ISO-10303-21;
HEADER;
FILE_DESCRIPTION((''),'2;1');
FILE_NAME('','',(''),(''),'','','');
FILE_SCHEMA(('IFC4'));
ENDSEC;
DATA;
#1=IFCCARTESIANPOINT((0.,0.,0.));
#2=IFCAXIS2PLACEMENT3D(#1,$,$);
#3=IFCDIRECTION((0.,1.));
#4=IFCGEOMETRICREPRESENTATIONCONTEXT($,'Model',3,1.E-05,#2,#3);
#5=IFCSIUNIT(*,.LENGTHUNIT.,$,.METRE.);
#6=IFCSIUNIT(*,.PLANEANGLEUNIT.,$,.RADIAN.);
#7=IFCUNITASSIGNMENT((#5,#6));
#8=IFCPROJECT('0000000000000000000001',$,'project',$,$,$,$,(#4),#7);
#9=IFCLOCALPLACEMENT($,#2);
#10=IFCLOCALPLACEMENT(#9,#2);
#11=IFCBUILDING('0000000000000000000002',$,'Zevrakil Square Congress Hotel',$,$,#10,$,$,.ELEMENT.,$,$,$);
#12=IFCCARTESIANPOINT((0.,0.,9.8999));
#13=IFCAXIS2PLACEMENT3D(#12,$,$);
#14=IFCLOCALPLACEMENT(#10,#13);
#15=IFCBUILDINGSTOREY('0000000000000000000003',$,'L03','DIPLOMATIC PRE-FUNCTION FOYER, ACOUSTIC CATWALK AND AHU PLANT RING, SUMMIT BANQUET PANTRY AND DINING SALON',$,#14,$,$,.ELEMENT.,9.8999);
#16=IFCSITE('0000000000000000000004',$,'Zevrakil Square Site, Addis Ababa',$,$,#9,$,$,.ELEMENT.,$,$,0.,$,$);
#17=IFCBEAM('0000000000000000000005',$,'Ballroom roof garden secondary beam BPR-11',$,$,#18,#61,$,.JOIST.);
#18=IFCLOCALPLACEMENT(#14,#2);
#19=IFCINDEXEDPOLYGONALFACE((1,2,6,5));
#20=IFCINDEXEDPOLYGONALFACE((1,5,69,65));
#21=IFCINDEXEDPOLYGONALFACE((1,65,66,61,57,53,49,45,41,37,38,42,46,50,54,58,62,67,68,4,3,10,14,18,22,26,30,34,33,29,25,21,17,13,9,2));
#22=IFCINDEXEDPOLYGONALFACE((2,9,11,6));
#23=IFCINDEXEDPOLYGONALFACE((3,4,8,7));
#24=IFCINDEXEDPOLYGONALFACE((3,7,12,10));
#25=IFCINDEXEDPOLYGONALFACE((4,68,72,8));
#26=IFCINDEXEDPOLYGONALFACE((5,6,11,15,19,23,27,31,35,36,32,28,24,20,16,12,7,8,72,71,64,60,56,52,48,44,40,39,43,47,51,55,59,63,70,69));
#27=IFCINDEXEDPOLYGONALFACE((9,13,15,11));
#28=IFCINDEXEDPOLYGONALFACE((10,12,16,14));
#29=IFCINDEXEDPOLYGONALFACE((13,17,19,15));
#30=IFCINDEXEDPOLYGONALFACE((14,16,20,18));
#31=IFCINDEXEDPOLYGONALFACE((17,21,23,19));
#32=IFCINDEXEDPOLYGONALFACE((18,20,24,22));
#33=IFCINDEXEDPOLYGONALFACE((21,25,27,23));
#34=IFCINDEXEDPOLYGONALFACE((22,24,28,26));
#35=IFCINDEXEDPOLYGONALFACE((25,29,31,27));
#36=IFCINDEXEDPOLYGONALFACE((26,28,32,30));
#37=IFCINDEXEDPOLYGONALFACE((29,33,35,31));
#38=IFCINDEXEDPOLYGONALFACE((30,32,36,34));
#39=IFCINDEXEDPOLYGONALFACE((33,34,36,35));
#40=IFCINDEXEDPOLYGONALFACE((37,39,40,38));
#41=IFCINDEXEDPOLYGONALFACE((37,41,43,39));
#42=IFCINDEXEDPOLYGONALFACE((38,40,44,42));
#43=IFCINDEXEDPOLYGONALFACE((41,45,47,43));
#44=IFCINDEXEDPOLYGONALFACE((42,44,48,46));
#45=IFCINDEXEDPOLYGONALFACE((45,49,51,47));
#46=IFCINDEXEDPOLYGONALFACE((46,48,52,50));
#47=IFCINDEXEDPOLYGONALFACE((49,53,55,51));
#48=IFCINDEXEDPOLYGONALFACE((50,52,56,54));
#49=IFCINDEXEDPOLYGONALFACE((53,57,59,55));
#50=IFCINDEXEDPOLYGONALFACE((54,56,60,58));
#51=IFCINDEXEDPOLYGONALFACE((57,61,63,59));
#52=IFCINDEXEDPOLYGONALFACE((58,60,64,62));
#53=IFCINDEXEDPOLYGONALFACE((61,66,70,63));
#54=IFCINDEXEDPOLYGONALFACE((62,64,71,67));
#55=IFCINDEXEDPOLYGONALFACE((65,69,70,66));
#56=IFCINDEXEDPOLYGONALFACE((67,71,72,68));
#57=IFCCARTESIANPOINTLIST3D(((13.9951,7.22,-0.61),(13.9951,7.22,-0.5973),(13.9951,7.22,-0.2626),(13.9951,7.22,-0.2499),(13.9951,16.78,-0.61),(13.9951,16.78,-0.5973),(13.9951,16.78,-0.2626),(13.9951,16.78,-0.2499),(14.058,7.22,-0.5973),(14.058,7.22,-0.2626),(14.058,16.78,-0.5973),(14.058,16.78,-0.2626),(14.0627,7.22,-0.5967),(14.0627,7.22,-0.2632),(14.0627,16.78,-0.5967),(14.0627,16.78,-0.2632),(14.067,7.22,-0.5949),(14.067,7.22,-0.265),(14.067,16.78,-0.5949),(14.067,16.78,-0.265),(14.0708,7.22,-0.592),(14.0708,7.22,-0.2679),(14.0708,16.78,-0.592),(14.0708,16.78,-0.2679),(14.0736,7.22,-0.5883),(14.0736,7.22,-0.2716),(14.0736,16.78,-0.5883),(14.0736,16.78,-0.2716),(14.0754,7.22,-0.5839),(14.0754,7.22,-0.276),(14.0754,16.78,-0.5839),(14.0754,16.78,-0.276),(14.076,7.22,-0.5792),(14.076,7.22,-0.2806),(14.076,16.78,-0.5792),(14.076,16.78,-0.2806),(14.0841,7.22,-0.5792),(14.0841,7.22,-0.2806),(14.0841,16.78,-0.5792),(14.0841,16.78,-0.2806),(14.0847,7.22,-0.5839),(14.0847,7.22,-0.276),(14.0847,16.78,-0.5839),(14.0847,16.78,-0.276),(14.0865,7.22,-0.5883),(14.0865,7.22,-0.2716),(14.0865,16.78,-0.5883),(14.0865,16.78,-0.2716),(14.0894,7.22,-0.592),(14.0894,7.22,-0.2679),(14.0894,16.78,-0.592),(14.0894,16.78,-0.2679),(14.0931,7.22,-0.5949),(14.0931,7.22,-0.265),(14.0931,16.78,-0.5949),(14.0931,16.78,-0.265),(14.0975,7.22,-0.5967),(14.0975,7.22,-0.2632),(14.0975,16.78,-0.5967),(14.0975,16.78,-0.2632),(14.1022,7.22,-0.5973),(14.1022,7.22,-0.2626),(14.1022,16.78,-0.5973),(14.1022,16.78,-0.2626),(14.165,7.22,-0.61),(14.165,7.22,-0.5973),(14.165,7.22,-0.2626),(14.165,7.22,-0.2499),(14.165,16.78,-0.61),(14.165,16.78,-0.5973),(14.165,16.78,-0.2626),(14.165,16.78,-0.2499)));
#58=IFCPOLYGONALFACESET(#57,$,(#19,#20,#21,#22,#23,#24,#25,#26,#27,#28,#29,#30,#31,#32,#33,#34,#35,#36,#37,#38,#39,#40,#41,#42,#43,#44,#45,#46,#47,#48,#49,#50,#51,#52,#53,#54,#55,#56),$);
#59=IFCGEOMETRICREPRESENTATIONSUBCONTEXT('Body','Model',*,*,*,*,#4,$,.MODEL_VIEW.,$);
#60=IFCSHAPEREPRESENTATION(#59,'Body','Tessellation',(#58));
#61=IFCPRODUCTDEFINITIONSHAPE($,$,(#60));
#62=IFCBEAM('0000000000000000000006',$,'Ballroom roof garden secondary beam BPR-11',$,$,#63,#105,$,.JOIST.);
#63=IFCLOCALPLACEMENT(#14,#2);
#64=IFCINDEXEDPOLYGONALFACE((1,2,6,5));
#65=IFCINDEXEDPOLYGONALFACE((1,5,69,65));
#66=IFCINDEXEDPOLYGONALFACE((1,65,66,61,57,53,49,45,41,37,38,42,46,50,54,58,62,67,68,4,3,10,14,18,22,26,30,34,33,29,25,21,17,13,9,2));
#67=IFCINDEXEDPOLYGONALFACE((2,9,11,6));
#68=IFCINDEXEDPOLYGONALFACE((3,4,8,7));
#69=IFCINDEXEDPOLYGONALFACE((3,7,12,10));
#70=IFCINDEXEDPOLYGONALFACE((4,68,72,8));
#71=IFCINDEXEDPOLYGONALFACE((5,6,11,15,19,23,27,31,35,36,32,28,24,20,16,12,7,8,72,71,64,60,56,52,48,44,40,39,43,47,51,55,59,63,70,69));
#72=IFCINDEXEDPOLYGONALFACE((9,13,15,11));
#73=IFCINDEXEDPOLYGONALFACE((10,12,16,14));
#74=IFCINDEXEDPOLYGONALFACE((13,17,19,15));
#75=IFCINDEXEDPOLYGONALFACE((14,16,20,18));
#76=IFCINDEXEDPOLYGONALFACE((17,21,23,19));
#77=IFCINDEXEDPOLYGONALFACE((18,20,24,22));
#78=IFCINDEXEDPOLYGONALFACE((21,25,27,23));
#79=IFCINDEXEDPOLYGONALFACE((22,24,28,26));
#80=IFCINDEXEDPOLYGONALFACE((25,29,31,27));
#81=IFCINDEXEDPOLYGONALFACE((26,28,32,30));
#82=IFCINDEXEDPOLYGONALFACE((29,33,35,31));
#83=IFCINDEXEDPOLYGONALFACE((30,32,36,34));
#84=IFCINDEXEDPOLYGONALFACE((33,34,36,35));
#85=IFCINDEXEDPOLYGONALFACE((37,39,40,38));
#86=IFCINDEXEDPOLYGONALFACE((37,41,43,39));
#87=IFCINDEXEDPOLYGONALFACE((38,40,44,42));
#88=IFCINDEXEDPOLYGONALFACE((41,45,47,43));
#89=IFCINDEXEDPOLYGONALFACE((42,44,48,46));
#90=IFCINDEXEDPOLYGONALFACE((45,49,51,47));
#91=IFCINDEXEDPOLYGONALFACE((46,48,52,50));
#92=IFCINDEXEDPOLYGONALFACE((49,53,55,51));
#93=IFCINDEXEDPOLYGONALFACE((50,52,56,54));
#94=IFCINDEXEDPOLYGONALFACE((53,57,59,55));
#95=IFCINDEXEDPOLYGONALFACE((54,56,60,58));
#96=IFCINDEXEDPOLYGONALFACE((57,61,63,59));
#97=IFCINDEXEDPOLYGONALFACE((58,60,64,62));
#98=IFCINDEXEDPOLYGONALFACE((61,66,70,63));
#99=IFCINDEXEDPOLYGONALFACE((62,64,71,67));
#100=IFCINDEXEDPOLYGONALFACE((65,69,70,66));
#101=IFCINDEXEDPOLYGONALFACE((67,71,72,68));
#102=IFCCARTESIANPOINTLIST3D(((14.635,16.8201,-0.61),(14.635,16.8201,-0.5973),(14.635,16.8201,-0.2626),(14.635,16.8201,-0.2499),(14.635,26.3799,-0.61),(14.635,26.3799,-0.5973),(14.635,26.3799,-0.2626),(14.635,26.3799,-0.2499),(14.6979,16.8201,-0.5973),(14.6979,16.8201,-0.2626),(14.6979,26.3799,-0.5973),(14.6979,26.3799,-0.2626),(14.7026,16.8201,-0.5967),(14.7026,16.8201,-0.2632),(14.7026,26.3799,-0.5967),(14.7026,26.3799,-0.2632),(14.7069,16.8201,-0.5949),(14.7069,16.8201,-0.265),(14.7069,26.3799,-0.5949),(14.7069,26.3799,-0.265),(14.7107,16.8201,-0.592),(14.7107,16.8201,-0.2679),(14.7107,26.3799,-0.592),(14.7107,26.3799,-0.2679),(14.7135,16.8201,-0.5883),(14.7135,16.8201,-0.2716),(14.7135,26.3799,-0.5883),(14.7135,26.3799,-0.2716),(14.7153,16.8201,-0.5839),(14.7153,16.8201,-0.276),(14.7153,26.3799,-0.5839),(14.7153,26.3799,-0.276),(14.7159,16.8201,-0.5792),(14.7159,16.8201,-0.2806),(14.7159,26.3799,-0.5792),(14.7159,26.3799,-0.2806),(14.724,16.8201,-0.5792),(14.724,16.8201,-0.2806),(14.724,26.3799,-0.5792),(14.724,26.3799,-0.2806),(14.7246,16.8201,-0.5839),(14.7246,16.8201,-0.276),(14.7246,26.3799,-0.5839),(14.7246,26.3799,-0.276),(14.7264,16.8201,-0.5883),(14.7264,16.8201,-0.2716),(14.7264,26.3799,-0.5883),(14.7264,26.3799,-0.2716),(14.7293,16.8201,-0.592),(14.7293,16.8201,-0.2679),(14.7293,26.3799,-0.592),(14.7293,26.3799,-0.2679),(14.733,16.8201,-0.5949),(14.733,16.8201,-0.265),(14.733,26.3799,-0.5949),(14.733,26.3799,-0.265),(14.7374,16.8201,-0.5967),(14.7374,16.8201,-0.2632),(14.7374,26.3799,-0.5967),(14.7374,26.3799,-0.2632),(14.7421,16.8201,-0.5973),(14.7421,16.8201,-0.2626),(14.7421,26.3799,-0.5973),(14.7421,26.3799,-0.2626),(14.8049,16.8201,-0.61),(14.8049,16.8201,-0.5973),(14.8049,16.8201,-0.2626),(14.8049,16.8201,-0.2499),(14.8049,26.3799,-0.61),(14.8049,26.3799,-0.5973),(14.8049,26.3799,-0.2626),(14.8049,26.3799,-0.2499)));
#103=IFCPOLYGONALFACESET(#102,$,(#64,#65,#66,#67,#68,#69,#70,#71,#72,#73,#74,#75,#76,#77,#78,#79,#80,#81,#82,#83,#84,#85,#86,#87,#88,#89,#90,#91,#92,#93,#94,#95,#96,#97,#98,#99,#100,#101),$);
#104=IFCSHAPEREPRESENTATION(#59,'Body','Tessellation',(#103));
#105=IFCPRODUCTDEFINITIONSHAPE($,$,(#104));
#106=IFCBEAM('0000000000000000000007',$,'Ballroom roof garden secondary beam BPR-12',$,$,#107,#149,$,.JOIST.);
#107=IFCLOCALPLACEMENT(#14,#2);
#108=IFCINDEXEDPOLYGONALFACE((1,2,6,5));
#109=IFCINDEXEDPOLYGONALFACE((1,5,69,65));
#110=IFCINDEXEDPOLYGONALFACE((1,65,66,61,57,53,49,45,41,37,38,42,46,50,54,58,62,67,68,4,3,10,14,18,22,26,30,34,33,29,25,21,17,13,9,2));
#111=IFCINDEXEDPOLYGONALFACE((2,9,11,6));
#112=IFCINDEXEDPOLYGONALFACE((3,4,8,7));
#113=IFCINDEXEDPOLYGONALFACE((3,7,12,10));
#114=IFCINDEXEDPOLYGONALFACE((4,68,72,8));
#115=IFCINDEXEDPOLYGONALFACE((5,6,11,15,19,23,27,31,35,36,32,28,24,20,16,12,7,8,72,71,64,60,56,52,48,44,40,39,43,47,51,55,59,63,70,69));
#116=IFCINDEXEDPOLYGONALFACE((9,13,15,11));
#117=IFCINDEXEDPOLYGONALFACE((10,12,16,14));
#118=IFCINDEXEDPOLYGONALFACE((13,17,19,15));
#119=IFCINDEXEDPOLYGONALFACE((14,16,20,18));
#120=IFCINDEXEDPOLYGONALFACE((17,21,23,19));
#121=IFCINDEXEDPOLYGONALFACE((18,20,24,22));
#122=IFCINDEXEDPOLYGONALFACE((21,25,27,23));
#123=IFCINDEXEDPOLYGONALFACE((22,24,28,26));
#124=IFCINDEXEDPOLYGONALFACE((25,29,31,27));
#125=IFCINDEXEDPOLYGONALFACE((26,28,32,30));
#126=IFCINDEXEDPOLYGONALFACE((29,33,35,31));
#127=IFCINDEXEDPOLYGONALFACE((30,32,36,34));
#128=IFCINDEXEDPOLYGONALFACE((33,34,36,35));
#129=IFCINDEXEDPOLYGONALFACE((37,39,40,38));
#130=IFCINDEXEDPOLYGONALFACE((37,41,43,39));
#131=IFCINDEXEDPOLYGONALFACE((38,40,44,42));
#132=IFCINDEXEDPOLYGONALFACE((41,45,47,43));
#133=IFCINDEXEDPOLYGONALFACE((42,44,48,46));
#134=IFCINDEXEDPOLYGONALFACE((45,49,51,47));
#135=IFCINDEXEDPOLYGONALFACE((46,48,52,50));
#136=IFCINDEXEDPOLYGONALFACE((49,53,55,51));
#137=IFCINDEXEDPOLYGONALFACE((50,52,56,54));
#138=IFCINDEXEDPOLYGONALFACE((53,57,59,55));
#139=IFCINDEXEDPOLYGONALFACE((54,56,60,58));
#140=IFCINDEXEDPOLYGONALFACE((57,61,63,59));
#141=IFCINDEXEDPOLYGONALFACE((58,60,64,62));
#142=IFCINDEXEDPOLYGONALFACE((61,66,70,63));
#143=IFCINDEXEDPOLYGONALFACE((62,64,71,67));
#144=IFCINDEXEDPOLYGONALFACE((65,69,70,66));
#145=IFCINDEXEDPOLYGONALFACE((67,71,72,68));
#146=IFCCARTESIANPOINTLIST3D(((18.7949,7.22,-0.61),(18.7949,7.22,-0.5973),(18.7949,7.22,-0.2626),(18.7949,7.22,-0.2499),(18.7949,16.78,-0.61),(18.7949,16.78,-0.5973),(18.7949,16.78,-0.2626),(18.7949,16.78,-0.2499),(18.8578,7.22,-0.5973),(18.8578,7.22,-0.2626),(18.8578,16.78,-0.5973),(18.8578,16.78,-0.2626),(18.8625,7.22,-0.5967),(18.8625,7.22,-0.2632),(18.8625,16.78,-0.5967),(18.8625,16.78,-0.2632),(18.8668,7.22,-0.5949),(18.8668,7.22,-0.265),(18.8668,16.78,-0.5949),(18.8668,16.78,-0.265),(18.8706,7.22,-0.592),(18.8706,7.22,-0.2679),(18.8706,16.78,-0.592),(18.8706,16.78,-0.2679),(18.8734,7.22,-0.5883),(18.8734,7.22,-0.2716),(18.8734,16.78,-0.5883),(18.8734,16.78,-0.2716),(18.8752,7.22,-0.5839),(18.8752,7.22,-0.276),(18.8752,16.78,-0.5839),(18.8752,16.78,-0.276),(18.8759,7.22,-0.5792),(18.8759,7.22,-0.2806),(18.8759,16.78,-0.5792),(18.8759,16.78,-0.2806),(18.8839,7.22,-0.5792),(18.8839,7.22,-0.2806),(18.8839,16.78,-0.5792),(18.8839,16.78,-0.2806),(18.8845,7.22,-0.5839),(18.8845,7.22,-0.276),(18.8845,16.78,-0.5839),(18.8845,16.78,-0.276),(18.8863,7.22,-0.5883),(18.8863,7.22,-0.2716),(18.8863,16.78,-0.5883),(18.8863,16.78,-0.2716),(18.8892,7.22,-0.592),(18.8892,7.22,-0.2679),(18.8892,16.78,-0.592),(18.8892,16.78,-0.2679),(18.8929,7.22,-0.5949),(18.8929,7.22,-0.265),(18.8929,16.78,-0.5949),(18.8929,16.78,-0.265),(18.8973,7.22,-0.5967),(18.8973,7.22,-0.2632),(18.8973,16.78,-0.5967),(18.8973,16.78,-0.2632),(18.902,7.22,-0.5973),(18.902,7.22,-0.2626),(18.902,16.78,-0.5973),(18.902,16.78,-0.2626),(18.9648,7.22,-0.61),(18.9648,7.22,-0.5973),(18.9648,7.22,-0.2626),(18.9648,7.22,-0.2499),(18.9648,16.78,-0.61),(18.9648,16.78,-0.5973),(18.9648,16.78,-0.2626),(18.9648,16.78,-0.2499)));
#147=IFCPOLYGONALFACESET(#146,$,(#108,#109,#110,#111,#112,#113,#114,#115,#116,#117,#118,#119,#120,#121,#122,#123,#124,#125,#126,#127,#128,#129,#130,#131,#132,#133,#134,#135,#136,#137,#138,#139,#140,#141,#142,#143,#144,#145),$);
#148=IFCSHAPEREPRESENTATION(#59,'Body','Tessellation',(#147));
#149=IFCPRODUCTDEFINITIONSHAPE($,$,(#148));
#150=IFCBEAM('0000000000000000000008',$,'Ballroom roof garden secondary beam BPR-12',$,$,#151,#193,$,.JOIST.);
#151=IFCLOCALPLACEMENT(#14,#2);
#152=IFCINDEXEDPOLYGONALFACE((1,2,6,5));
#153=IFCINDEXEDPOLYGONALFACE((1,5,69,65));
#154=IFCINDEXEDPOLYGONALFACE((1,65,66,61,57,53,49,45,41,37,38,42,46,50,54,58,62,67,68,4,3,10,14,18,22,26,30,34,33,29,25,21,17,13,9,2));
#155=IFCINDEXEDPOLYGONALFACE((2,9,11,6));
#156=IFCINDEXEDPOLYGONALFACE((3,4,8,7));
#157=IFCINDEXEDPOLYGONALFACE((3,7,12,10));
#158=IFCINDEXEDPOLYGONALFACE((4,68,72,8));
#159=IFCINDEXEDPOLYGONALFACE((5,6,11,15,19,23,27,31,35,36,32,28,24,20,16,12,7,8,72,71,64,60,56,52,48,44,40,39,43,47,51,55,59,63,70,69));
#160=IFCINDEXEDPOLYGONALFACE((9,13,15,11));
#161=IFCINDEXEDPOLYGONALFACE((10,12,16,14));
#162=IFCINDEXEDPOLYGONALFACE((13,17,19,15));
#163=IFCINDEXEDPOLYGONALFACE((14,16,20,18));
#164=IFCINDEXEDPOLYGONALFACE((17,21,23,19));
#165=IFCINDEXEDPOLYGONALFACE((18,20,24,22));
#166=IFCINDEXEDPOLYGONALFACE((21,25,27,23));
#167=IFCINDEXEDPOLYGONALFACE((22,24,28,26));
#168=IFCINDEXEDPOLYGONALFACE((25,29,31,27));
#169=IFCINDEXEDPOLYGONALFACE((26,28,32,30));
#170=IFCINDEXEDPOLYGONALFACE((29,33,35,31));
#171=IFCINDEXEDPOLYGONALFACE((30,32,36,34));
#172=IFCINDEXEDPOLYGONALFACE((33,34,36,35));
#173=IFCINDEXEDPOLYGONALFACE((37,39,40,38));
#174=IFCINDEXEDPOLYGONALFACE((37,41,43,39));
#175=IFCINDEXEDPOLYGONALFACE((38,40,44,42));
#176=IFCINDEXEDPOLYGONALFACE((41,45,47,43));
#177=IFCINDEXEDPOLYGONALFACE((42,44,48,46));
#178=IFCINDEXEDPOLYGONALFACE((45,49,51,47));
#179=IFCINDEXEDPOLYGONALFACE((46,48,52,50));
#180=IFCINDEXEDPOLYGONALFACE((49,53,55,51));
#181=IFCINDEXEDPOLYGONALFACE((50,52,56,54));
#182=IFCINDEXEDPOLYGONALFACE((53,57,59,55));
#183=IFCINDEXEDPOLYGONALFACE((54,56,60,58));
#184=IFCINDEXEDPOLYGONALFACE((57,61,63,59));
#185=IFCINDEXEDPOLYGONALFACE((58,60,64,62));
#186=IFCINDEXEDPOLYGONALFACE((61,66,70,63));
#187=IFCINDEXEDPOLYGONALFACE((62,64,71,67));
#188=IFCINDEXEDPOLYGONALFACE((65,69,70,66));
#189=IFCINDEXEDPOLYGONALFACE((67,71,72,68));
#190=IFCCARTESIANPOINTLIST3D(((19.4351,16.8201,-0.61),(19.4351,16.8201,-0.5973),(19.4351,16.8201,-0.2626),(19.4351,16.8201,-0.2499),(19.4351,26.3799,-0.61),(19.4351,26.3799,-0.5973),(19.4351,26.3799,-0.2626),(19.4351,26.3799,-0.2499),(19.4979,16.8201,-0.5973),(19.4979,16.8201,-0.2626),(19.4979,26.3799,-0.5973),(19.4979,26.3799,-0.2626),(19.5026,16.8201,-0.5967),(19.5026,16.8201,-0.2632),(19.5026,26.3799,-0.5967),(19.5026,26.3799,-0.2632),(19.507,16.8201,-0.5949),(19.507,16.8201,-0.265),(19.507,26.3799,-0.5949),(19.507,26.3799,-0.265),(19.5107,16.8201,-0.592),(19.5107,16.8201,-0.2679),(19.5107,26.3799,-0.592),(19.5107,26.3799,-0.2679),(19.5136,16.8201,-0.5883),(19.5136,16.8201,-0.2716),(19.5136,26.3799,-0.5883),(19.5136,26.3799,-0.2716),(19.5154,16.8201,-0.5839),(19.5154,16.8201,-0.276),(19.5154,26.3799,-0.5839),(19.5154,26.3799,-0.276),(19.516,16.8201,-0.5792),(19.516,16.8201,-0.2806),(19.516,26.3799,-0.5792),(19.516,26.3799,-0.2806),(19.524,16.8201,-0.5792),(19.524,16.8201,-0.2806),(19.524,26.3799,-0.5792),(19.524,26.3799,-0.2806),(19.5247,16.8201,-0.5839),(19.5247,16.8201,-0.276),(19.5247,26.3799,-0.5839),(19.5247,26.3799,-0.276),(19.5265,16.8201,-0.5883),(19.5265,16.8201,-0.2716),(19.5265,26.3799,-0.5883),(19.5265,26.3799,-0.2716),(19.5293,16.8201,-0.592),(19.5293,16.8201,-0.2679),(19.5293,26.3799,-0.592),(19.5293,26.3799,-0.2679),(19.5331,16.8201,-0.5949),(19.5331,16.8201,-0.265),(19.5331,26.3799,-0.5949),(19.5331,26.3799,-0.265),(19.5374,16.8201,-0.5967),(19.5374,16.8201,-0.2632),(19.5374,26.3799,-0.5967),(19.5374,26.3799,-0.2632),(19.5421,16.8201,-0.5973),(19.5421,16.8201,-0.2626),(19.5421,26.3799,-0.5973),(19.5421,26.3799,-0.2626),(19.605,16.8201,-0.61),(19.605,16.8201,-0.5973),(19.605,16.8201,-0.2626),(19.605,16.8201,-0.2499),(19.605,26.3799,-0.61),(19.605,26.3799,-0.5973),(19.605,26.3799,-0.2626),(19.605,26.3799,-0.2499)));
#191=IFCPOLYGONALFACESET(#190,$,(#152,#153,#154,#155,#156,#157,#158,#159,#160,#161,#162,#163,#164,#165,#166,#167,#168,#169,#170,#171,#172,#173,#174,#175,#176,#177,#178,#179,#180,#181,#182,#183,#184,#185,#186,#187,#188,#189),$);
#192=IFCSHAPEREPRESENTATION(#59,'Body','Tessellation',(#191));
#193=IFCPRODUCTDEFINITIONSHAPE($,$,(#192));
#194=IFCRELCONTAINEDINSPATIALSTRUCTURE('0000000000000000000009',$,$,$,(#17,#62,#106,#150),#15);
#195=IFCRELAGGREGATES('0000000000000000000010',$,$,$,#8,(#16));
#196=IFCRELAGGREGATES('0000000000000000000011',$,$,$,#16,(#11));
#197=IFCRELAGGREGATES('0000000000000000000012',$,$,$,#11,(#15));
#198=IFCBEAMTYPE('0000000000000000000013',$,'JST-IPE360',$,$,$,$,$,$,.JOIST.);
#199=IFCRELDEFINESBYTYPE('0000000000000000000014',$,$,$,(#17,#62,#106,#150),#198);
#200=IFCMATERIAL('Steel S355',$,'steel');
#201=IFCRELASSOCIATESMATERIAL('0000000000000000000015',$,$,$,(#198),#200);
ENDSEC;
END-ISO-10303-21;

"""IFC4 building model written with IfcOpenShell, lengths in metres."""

from ifc_helpers import new_model, si_unit, direction, frame, origin, origin_2d, place, context, subcontext, project, spatial, i_section, extrude, material, material_profile, profile_set, type_object, element, save


model = new_model("IFC4")

# Units and contexts
model_context = context("Model", 3, precision=1e-05, world=origin(), true_north=direction((0.0, 1.0)))
body_context = subcontext(model_context, "Body", "Model", "MODEL_VIEW")
ifc_project = project(units=[si_unit("LENGTHUNIT", "METRE"), si_unit("PLANEANGLEUNIT", "RADIAN")], contexts=[model_context])

# Site, building, storey
site_placement = place(None, origin())
site = spatial("IfcSite", under=ifc_project, at=site_placement, Name="Zevrakil Square Site, Addis Ababa", CompositionType="ELEMENT", RefElevation=0.0)
building_placement = place(site_placement, origin())
building = spatial("IfcBuilding", under=site, at=building_placement, Name="Zevrakil Square Congress Hotel", CompositionType="ELEMENT")
storey_placement = place(building_placement, frame((0.0, 0.0, 9.8999)))
storey = spatial("IfcBuildingStorey", under=building, at=storey_placement, Name="L03", Description="DIPLOMATIC PRE-FUNCTION FOYER, ACOUSTIC CATWALK AND AHU PLANT RING, SUMMIT BANQUET PANTRY AND DINING SALON", CompositionType="ELEMENT", Elevation=9.8999)

# Beams
ifc_material_1 = material(Name="Steel S355", Category="steel")
ifc_material_profile_1 = material_profile(ifc_material_1, i_section(OverallWidth=0.1699, OverallDepth=0.3601, WebThickness=0.0081, FlangeThickness=0.0127, FilletRadius=0.0181, at=origin_2d()), Name="IPE 360")
ifc_profile_set_1 = profile_set([ifc_material_profile_1], Name="Steel S355")
beam_type_1 = type_object("IfcBeamType", Name="JST-IPE360", PredefinedType="JOIST", material=ifc_profile_set_1)
beam_1_placement = place(storey_placement, frame((14.0801, 7.22, -0.4299), z_axis=(0.0, 1.0, 0.0), x_axis=(-1.0, 0.0, 0.0)))
element("IfcBeam", 1, at=beam_1_placement, inside=storey, type_object=beam_type_1, Name="Ballroom roof garden secondary beam BPR-11", PredefinedType="JOIST", context=body_context, shape_type="SweptSolid", body=[
    extrude(i_section(OverallWidth=0.1699, OverallDepth=0.3601, WebThickness=0.0081, FlangeThickness=0.0127, FilletRadius=0.0181, at=origin_2d()), origin(), (0.0, 0.0, 1.0), 9.5601),
])
beam_2_placement = place(storey_placement, frame((14.72, 16.8201, -0.4299), z_axis=(0.0, 1.0, 0.0), x_axis=(-1.0, 0.0, 0.0)))
element("IfcBeam", 2, at=beam_2_placement, inside=storey, type_object=beam_type_1, Name="Ballroom roof garden secondary beam BPR-11", PredefinedType="JOIST", context=body_context, shape_type="SweptSolid", body=[
    extrude(i_section(OverallWidth=0.1699, OverallDepth=0.3601, WebThickness=0.0081, FlangeThickness=0.0127, FilletRadius=0.0181, at=origin_2d()), origin(), (0.0, 0.0, 1.0), 9.5598),
])
beam_3_placement = place(storey_placement, frame((18.8799, 7.22, -0.4299), z_axis=(0.0, 1.0, 0.0), x_axis=(-1.0, 0.0, 0.0)))
element("IfcBeam", 3, at=beam_3_placement, inside=storey, type_object=beam_type_1, Name="Ballroom roof garden secondary beam BPR-12", PredefinedType="JOIST", context=body_context, shape_type="SweptSolid", body=[
    extrude(i_section(OverallWidth=0.1699, OverallDepth=0.3601, WebThickness=0.0081, FlangeThickness=0.0127, FilletRadius=0.0181, at=origin_2d()), origin(), (0.0, 0.0, 1.0), 9.5601),
])
beam_4_placement = place(storey_placement, frame((19.52, 16.8201, -0.4299), z_axis=(0.0, 1.0, 0.0), x_axis=(-1.0, 0.0, 0.0)))
element("IfcBeam", 4, at=beam_4_placement, inside=storey, type_object=beam_type_1, Name="Ballroom roof garden secondary beam BPR-12", PredefinedType="JOIST", context=body_context, shape_type="SweptSolid", body=[
    extrude(i_section(OverallWidth=0.1699, OverallDepth=0.3601, WebThickness=0.0081, FlangeThickness=0.0127, FilletRadius=0.0181, at=origin_2d()), origin(), (0.0, 0.0, 1.0), 9.5598),
])

save(model, "model.ifc")
